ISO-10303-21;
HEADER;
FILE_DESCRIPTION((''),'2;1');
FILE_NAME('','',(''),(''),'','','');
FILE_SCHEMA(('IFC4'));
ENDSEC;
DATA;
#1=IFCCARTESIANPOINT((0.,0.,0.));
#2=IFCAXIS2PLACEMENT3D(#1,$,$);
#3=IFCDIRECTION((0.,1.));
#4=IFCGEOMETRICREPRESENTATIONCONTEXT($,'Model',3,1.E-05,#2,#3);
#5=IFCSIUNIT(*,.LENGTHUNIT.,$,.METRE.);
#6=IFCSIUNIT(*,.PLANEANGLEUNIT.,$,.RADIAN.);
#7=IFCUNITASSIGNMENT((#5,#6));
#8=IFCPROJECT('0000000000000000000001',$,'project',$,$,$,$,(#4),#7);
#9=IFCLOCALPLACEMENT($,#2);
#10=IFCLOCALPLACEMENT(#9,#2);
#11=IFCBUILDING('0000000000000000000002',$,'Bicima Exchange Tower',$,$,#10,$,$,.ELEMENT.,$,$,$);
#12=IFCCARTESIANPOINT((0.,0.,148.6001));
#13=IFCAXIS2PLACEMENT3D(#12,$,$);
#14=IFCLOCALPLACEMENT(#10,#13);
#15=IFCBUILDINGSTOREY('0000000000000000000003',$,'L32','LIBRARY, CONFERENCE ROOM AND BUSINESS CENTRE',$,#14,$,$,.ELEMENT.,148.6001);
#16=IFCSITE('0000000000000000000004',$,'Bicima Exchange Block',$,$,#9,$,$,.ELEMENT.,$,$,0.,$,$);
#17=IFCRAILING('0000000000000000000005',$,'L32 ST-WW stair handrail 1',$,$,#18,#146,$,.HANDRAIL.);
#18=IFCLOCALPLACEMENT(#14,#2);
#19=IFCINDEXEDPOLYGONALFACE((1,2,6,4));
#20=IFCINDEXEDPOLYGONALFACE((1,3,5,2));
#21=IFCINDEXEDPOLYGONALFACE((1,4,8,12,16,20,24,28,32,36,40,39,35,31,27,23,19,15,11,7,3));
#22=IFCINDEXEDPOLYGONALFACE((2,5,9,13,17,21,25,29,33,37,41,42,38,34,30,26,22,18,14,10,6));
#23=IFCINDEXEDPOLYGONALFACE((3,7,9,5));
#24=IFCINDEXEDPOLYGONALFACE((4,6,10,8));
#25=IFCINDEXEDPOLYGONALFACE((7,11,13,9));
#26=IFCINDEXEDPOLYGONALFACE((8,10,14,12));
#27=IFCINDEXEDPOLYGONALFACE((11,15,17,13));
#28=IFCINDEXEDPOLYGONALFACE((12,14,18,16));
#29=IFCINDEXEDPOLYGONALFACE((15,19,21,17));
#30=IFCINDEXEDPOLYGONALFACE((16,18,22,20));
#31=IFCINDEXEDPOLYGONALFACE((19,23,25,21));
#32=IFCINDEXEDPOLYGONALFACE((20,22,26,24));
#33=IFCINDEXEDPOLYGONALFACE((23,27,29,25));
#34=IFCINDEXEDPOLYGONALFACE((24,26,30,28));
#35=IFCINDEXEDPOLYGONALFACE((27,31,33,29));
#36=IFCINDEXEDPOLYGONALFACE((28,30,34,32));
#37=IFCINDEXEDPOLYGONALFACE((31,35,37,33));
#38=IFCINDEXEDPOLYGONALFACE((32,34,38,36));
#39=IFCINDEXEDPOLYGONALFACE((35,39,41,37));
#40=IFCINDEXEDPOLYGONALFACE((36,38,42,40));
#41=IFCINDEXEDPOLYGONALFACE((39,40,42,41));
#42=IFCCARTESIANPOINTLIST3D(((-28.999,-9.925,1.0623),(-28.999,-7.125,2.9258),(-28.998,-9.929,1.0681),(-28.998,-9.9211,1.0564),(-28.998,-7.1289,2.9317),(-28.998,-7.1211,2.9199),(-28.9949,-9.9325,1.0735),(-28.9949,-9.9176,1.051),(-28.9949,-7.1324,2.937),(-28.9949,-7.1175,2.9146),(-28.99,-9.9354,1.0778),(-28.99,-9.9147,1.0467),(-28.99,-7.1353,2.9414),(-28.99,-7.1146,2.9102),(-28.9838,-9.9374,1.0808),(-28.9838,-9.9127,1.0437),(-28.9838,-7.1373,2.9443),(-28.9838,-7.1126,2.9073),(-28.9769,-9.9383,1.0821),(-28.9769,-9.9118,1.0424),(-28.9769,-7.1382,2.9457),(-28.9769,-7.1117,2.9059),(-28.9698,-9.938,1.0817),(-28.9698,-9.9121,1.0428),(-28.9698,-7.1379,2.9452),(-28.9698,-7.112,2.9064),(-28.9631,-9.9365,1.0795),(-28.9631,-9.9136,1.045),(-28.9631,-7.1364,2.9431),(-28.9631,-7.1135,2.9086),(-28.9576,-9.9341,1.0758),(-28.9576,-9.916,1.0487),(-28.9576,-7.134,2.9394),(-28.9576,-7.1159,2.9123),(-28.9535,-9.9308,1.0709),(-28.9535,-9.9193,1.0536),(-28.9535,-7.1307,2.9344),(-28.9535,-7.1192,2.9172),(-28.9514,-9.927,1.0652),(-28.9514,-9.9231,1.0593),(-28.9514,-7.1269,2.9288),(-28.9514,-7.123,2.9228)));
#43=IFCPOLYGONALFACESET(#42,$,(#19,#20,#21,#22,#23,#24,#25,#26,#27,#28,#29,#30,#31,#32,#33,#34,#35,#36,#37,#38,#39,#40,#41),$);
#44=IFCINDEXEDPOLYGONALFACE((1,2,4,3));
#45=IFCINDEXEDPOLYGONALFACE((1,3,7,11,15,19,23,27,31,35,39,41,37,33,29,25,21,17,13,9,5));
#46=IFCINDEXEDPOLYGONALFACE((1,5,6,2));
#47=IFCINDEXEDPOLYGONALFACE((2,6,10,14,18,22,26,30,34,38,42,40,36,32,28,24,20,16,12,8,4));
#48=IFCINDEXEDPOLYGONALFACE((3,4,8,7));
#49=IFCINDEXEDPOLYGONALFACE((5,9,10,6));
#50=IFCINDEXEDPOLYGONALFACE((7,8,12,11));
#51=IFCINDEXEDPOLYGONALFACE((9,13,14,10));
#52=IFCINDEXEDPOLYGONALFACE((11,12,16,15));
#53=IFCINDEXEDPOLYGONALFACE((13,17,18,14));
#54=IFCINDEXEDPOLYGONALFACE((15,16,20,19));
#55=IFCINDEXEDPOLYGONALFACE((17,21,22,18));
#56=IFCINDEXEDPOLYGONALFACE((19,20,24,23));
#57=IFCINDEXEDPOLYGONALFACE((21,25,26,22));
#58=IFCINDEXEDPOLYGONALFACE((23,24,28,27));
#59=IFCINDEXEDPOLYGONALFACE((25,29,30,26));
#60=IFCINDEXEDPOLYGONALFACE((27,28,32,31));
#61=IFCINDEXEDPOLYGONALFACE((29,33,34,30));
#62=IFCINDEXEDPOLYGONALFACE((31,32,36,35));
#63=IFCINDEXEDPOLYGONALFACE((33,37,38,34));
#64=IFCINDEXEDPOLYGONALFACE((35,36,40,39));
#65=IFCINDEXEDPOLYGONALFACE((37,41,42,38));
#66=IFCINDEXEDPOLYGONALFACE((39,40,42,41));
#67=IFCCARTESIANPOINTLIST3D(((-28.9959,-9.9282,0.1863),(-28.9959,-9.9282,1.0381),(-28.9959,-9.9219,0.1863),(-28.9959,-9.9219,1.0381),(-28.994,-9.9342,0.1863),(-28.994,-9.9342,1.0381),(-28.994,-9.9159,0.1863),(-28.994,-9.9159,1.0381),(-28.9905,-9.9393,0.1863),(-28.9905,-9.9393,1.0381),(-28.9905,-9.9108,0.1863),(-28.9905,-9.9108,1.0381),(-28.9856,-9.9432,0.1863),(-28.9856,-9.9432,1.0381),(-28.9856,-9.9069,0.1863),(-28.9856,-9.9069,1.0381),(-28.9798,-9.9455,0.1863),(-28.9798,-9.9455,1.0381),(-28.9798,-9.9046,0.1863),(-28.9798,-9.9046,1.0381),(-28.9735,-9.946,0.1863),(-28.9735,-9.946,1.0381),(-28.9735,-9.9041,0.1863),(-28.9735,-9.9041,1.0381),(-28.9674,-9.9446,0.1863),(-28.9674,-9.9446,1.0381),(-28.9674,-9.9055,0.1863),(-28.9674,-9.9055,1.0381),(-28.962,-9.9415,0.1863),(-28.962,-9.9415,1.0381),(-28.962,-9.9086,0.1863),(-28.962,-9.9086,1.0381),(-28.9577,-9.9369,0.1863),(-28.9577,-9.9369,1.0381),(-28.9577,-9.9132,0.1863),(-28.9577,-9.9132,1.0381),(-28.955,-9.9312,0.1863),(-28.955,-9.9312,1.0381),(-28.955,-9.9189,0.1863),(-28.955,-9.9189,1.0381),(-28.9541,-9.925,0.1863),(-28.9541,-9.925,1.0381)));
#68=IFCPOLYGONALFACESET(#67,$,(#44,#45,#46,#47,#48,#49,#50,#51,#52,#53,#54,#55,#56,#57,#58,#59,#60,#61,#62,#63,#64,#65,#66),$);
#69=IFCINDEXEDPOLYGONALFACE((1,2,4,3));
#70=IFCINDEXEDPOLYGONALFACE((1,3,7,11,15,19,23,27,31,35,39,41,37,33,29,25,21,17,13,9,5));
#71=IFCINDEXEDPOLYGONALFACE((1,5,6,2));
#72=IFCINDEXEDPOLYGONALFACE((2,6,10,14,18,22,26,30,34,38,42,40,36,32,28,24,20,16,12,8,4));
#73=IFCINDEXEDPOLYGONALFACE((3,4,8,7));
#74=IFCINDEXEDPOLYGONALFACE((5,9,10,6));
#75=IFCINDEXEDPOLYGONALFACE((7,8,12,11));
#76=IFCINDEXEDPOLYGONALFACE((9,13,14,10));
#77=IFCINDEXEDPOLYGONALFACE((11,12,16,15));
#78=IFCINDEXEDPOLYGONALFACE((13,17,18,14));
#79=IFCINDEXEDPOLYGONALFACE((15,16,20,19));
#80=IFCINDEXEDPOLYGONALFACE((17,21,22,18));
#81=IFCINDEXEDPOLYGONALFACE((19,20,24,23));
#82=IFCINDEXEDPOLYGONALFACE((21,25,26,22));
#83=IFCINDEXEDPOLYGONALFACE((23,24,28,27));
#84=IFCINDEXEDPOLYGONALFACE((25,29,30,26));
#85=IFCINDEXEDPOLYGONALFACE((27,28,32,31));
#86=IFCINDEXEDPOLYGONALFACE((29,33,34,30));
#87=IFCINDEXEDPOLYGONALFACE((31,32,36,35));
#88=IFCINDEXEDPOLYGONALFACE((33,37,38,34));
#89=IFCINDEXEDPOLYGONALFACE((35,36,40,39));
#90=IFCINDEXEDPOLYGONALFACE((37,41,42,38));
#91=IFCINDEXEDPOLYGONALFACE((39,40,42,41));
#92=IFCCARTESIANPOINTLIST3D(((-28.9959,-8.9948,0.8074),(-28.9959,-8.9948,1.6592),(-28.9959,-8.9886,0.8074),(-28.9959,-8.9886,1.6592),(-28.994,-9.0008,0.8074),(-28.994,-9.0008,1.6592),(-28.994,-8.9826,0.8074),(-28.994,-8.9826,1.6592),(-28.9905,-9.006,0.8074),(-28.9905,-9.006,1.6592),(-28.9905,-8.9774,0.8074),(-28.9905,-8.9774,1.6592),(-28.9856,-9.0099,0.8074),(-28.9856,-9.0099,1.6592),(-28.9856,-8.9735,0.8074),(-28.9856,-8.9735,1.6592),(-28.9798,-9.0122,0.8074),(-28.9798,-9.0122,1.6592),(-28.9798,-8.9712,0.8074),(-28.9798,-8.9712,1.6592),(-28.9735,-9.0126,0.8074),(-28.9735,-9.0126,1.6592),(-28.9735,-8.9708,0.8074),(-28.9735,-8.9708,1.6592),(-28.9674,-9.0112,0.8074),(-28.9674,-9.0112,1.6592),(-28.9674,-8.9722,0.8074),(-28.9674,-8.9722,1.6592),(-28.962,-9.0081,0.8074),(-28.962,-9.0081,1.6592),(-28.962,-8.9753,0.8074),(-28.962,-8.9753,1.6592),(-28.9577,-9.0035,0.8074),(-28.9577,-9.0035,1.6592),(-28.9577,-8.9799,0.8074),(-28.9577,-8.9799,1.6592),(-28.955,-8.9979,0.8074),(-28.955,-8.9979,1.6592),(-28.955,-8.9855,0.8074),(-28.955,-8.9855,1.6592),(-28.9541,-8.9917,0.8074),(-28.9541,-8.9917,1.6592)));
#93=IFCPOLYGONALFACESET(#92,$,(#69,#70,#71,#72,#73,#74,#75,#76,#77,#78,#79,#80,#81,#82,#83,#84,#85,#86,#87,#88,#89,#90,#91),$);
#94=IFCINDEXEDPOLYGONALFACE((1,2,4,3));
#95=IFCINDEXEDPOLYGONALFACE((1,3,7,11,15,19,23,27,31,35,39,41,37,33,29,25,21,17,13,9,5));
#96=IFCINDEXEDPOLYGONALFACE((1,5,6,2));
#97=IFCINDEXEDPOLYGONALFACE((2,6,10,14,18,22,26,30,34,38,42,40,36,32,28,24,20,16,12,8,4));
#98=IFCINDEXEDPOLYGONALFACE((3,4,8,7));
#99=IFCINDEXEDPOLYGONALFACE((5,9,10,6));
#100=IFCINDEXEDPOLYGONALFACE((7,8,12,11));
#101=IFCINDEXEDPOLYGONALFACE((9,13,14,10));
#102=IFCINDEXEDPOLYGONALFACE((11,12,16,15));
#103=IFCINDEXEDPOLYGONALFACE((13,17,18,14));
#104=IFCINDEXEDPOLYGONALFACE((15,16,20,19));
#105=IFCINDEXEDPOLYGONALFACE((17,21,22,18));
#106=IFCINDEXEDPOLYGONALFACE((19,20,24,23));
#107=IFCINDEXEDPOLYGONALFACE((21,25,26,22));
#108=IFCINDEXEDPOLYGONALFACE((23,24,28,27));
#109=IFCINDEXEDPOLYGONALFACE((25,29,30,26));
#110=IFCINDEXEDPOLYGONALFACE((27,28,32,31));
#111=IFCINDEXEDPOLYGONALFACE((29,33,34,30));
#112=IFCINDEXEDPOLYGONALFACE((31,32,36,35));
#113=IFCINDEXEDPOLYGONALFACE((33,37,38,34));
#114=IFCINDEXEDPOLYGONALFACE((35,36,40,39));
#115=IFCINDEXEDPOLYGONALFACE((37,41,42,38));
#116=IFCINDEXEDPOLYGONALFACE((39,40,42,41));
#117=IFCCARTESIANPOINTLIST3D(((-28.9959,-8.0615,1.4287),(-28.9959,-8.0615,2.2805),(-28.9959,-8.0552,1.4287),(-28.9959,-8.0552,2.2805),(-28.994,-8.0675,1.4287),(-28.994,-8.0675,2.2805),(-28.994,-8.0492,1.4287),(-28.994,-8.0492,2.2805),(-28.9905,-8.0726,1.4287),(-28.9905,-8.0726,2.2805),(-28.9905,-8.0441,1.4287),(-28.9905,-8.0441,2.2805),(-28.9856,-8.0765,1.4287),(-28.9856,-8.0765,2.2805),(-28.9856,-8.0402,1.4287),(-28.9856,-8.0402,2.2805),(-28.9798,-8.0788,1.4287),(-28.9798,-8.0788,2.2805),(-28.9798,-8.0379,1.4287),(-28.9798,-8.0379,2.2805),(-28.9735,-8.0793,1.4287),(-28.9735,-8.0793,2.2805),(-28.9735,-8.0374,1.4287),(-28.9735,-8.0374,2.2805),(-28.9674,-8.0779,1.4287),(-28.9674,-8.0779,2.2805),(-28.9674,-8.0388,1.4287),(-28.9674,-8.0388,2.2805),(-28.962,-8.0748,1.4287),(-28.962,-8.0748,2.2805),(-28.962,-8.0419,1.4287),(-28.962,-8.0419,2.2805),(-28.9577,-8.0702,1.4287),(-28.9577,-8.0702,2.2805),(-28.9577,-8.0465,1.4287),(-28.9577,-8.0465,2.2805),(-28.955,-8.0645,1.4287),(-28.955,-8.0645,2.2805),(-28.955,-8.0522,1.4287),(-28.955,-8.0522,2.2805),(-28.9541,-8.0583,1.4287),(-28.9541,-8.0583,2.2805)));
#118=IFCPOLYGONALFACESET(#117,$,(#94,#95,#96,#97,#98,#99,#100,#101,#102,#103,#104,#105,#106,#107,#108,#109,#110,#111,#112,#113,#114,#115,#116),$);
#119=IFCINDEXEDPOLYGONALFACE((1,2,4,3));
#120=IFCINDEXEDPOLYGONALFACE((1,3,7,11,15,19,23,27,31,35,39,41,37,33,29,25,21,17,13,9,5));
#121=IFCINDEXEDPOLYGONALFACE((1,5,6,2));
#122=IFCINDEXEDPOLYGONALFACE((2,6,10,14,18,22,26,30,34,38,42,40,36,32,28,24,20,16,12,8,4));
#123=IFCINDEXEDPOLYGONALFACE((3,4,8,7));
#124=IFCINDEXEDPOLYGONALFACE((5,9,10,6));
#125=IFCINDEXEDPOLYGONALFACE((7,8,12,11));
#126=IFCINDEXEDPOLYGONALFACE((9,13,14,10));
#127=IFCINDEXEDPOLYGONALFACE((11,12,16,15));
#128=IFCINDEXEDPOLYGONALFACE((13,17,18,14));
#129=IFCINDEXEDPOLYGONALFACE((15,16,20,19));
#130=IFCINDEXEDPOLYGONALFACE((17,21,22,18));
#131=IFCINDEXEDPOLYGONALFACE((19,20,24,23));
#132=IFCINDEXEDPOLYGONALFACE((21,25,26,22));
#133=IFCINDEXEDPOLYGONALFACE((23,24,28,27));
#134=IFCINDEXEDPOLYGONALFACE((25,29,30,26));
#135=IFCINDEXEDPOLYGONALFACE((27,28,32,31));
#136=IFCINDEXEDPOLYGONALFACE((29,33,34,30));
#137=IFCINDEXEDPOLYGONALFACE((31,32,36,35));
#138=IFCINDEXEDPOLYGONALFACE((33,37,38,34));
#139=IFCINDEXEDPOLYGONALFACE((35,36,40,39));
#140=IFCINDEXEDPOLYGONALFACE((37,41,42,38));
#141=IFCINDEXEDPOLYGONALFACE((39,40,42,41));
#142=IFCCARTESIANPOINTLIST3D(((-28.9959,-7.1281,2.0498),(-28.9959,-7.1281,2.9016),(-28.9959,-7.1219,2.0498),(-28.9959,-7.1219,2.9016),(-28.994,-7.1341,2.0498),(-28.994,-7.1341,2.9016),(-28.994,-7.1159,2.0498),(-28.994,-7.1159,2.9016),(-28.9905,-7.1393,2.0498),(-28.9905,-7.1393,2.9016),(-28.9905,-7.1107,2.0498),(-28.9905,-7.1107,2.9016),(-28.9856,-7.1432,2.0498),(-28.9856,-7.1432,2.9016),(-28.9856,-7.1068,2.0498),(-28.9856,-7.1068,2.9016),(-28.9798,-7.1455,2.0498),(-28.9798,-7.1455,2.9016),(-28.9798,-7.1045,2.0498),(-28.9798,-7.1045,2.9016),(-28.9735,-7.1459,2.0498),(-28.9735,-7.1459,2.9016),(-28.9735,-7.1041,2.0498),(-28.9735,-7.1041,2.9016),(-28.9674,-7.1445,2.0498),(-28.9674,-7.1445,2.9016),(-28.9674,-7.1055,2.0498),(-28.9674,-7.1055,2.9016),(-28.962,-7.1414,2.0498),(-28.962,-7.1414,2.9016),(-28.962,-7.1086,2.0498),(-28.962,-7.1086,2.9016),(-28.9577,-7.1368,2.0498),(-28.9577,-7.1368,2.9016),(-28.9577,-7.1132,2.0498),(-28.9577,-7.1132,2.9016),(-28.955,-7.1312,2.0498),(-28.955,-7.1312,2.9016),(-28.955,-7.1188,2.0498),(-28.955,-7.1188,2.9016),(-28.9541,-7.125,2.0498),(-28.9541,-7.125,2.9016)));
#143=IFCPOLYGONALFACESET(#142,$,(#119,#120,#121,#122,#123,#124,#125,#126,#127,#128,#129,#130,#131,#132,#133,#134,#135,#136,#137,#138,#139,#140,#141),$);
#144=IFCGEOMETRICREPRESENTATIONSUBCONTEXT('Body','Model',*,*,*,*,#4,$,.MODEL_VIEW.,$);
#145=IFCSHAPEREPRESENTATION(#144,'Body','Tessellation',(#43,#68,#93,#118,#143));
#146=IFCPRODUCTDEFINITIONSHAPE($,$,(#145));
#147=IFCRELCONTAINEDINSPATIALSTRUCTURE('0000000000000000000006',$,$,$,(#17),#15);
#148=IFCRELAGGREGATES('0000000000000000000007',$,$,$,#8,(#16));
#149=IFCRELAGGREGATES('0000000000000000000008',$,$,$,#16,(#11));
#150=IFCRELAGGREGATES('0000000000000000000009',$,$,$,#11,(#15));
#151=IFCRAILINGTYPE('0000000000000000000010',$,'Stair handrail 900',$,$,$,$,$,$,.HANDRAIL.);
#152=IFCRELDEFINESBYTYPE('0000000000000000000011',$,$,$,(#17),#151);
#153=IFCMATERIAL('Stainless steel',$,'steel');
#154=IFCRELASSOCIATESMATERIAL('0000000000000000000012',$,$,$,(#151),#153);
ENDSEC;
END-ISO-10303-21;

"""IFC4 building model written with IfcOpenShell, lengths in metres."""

from ifc_helpers import new_model, si_unit, direction, frame, origin, origin_2d, place, context, subcontext, project, spatial, circle, extrude, material, type_object, element, save


model = new_model("IFC4")

# Units and contexts
model_context = context("Model", 3, precision=1e-05, world=origin(), true_north=direction((0.0, 1.0)))
body_context = subcontext(model_context, "Body", "Model", "MODEL_VIEW")
ifc_project = project(units=[si_unit("LENGTHUNIT", "METRE"), si_unit("PLANEANGLEUNIT", "RADIAN")], contexts=[model_context])

# Site, building, storey
site_placement = place(None, origin())
site = spatial("IfcSite", under=ifc_project, at=site_placement, Name="Bicima Exchange Block", CompositionType="ELEMENT", RefElevation=0.0)
building_placement = place(site_placement, origin())
building = spatial("IfcBuilding", under=site, at=building_placement, Name="Bicima Exchange Tower", CompositionType="ELEMENT")
storey_placement = place(building_placement, frame((0.0, 0.0, 148.6001)))
storey = spatial("IfcBuildingStorey", under=building, at=storey_placement, Name="L32", Description="LIBRARY, CONFERENCE ROOM AND BUSINESS CENTRE", CompositionType="ELEMENT", Elevation=148.6001)

# Railing
ifc_material_1 = material(Name="Stainless steel", Category="steel")
railing_type_1 = type_object("IfcRailingType", Name="Stair handrail 900", PredefinedType="HANDRAIL", material=ifc_material_1)
railing_1_placement = place(storey_placement, frame((-28.9751, -9.925, 0.1863)))
element("IfcRailing", 1, at=railing_1_placement, inside=storey, type_object=railing_type_1, Name="L32 ST-WW stair handrail 1", PredefinedType="HANDRAIL", context=body_context, shape_type="SweptSolid", body=[
    extrude(circle(Radius=0.0239, at=origin_2d()), frame((0.0, 0.0, 0.876), z_axis=(0.0, 0.832486, 0.554047), x_axis=(-1.0, 0.0, 0.0)), (0.0, 0.0, 1.0), 3.3635),
    extrude(circle(Radius=0.021, at=origin_2d()), origin(), (0.0, 0.0, 1.0), 0.8518),
    extrude(circle(Radius=0.021, at=origin_2d()), frame((0.0, 0.9333, 0.6211)), (0.0, 0.0, 1.0), 0.8518),
    extrude(circle(Radius=0.021, at=origin_2d()), frame((0.0, 1.8667, 1.2424)), (0.0, 0.0, 1.0), 0.8518),
    extrude(circle(Radius=0.021, at=origin_2d()), frame((0.0, 2.8, 1.8635)), (0.0, 0.0, 1.0), 0.8518),
])

save(model, "model.ifc")
